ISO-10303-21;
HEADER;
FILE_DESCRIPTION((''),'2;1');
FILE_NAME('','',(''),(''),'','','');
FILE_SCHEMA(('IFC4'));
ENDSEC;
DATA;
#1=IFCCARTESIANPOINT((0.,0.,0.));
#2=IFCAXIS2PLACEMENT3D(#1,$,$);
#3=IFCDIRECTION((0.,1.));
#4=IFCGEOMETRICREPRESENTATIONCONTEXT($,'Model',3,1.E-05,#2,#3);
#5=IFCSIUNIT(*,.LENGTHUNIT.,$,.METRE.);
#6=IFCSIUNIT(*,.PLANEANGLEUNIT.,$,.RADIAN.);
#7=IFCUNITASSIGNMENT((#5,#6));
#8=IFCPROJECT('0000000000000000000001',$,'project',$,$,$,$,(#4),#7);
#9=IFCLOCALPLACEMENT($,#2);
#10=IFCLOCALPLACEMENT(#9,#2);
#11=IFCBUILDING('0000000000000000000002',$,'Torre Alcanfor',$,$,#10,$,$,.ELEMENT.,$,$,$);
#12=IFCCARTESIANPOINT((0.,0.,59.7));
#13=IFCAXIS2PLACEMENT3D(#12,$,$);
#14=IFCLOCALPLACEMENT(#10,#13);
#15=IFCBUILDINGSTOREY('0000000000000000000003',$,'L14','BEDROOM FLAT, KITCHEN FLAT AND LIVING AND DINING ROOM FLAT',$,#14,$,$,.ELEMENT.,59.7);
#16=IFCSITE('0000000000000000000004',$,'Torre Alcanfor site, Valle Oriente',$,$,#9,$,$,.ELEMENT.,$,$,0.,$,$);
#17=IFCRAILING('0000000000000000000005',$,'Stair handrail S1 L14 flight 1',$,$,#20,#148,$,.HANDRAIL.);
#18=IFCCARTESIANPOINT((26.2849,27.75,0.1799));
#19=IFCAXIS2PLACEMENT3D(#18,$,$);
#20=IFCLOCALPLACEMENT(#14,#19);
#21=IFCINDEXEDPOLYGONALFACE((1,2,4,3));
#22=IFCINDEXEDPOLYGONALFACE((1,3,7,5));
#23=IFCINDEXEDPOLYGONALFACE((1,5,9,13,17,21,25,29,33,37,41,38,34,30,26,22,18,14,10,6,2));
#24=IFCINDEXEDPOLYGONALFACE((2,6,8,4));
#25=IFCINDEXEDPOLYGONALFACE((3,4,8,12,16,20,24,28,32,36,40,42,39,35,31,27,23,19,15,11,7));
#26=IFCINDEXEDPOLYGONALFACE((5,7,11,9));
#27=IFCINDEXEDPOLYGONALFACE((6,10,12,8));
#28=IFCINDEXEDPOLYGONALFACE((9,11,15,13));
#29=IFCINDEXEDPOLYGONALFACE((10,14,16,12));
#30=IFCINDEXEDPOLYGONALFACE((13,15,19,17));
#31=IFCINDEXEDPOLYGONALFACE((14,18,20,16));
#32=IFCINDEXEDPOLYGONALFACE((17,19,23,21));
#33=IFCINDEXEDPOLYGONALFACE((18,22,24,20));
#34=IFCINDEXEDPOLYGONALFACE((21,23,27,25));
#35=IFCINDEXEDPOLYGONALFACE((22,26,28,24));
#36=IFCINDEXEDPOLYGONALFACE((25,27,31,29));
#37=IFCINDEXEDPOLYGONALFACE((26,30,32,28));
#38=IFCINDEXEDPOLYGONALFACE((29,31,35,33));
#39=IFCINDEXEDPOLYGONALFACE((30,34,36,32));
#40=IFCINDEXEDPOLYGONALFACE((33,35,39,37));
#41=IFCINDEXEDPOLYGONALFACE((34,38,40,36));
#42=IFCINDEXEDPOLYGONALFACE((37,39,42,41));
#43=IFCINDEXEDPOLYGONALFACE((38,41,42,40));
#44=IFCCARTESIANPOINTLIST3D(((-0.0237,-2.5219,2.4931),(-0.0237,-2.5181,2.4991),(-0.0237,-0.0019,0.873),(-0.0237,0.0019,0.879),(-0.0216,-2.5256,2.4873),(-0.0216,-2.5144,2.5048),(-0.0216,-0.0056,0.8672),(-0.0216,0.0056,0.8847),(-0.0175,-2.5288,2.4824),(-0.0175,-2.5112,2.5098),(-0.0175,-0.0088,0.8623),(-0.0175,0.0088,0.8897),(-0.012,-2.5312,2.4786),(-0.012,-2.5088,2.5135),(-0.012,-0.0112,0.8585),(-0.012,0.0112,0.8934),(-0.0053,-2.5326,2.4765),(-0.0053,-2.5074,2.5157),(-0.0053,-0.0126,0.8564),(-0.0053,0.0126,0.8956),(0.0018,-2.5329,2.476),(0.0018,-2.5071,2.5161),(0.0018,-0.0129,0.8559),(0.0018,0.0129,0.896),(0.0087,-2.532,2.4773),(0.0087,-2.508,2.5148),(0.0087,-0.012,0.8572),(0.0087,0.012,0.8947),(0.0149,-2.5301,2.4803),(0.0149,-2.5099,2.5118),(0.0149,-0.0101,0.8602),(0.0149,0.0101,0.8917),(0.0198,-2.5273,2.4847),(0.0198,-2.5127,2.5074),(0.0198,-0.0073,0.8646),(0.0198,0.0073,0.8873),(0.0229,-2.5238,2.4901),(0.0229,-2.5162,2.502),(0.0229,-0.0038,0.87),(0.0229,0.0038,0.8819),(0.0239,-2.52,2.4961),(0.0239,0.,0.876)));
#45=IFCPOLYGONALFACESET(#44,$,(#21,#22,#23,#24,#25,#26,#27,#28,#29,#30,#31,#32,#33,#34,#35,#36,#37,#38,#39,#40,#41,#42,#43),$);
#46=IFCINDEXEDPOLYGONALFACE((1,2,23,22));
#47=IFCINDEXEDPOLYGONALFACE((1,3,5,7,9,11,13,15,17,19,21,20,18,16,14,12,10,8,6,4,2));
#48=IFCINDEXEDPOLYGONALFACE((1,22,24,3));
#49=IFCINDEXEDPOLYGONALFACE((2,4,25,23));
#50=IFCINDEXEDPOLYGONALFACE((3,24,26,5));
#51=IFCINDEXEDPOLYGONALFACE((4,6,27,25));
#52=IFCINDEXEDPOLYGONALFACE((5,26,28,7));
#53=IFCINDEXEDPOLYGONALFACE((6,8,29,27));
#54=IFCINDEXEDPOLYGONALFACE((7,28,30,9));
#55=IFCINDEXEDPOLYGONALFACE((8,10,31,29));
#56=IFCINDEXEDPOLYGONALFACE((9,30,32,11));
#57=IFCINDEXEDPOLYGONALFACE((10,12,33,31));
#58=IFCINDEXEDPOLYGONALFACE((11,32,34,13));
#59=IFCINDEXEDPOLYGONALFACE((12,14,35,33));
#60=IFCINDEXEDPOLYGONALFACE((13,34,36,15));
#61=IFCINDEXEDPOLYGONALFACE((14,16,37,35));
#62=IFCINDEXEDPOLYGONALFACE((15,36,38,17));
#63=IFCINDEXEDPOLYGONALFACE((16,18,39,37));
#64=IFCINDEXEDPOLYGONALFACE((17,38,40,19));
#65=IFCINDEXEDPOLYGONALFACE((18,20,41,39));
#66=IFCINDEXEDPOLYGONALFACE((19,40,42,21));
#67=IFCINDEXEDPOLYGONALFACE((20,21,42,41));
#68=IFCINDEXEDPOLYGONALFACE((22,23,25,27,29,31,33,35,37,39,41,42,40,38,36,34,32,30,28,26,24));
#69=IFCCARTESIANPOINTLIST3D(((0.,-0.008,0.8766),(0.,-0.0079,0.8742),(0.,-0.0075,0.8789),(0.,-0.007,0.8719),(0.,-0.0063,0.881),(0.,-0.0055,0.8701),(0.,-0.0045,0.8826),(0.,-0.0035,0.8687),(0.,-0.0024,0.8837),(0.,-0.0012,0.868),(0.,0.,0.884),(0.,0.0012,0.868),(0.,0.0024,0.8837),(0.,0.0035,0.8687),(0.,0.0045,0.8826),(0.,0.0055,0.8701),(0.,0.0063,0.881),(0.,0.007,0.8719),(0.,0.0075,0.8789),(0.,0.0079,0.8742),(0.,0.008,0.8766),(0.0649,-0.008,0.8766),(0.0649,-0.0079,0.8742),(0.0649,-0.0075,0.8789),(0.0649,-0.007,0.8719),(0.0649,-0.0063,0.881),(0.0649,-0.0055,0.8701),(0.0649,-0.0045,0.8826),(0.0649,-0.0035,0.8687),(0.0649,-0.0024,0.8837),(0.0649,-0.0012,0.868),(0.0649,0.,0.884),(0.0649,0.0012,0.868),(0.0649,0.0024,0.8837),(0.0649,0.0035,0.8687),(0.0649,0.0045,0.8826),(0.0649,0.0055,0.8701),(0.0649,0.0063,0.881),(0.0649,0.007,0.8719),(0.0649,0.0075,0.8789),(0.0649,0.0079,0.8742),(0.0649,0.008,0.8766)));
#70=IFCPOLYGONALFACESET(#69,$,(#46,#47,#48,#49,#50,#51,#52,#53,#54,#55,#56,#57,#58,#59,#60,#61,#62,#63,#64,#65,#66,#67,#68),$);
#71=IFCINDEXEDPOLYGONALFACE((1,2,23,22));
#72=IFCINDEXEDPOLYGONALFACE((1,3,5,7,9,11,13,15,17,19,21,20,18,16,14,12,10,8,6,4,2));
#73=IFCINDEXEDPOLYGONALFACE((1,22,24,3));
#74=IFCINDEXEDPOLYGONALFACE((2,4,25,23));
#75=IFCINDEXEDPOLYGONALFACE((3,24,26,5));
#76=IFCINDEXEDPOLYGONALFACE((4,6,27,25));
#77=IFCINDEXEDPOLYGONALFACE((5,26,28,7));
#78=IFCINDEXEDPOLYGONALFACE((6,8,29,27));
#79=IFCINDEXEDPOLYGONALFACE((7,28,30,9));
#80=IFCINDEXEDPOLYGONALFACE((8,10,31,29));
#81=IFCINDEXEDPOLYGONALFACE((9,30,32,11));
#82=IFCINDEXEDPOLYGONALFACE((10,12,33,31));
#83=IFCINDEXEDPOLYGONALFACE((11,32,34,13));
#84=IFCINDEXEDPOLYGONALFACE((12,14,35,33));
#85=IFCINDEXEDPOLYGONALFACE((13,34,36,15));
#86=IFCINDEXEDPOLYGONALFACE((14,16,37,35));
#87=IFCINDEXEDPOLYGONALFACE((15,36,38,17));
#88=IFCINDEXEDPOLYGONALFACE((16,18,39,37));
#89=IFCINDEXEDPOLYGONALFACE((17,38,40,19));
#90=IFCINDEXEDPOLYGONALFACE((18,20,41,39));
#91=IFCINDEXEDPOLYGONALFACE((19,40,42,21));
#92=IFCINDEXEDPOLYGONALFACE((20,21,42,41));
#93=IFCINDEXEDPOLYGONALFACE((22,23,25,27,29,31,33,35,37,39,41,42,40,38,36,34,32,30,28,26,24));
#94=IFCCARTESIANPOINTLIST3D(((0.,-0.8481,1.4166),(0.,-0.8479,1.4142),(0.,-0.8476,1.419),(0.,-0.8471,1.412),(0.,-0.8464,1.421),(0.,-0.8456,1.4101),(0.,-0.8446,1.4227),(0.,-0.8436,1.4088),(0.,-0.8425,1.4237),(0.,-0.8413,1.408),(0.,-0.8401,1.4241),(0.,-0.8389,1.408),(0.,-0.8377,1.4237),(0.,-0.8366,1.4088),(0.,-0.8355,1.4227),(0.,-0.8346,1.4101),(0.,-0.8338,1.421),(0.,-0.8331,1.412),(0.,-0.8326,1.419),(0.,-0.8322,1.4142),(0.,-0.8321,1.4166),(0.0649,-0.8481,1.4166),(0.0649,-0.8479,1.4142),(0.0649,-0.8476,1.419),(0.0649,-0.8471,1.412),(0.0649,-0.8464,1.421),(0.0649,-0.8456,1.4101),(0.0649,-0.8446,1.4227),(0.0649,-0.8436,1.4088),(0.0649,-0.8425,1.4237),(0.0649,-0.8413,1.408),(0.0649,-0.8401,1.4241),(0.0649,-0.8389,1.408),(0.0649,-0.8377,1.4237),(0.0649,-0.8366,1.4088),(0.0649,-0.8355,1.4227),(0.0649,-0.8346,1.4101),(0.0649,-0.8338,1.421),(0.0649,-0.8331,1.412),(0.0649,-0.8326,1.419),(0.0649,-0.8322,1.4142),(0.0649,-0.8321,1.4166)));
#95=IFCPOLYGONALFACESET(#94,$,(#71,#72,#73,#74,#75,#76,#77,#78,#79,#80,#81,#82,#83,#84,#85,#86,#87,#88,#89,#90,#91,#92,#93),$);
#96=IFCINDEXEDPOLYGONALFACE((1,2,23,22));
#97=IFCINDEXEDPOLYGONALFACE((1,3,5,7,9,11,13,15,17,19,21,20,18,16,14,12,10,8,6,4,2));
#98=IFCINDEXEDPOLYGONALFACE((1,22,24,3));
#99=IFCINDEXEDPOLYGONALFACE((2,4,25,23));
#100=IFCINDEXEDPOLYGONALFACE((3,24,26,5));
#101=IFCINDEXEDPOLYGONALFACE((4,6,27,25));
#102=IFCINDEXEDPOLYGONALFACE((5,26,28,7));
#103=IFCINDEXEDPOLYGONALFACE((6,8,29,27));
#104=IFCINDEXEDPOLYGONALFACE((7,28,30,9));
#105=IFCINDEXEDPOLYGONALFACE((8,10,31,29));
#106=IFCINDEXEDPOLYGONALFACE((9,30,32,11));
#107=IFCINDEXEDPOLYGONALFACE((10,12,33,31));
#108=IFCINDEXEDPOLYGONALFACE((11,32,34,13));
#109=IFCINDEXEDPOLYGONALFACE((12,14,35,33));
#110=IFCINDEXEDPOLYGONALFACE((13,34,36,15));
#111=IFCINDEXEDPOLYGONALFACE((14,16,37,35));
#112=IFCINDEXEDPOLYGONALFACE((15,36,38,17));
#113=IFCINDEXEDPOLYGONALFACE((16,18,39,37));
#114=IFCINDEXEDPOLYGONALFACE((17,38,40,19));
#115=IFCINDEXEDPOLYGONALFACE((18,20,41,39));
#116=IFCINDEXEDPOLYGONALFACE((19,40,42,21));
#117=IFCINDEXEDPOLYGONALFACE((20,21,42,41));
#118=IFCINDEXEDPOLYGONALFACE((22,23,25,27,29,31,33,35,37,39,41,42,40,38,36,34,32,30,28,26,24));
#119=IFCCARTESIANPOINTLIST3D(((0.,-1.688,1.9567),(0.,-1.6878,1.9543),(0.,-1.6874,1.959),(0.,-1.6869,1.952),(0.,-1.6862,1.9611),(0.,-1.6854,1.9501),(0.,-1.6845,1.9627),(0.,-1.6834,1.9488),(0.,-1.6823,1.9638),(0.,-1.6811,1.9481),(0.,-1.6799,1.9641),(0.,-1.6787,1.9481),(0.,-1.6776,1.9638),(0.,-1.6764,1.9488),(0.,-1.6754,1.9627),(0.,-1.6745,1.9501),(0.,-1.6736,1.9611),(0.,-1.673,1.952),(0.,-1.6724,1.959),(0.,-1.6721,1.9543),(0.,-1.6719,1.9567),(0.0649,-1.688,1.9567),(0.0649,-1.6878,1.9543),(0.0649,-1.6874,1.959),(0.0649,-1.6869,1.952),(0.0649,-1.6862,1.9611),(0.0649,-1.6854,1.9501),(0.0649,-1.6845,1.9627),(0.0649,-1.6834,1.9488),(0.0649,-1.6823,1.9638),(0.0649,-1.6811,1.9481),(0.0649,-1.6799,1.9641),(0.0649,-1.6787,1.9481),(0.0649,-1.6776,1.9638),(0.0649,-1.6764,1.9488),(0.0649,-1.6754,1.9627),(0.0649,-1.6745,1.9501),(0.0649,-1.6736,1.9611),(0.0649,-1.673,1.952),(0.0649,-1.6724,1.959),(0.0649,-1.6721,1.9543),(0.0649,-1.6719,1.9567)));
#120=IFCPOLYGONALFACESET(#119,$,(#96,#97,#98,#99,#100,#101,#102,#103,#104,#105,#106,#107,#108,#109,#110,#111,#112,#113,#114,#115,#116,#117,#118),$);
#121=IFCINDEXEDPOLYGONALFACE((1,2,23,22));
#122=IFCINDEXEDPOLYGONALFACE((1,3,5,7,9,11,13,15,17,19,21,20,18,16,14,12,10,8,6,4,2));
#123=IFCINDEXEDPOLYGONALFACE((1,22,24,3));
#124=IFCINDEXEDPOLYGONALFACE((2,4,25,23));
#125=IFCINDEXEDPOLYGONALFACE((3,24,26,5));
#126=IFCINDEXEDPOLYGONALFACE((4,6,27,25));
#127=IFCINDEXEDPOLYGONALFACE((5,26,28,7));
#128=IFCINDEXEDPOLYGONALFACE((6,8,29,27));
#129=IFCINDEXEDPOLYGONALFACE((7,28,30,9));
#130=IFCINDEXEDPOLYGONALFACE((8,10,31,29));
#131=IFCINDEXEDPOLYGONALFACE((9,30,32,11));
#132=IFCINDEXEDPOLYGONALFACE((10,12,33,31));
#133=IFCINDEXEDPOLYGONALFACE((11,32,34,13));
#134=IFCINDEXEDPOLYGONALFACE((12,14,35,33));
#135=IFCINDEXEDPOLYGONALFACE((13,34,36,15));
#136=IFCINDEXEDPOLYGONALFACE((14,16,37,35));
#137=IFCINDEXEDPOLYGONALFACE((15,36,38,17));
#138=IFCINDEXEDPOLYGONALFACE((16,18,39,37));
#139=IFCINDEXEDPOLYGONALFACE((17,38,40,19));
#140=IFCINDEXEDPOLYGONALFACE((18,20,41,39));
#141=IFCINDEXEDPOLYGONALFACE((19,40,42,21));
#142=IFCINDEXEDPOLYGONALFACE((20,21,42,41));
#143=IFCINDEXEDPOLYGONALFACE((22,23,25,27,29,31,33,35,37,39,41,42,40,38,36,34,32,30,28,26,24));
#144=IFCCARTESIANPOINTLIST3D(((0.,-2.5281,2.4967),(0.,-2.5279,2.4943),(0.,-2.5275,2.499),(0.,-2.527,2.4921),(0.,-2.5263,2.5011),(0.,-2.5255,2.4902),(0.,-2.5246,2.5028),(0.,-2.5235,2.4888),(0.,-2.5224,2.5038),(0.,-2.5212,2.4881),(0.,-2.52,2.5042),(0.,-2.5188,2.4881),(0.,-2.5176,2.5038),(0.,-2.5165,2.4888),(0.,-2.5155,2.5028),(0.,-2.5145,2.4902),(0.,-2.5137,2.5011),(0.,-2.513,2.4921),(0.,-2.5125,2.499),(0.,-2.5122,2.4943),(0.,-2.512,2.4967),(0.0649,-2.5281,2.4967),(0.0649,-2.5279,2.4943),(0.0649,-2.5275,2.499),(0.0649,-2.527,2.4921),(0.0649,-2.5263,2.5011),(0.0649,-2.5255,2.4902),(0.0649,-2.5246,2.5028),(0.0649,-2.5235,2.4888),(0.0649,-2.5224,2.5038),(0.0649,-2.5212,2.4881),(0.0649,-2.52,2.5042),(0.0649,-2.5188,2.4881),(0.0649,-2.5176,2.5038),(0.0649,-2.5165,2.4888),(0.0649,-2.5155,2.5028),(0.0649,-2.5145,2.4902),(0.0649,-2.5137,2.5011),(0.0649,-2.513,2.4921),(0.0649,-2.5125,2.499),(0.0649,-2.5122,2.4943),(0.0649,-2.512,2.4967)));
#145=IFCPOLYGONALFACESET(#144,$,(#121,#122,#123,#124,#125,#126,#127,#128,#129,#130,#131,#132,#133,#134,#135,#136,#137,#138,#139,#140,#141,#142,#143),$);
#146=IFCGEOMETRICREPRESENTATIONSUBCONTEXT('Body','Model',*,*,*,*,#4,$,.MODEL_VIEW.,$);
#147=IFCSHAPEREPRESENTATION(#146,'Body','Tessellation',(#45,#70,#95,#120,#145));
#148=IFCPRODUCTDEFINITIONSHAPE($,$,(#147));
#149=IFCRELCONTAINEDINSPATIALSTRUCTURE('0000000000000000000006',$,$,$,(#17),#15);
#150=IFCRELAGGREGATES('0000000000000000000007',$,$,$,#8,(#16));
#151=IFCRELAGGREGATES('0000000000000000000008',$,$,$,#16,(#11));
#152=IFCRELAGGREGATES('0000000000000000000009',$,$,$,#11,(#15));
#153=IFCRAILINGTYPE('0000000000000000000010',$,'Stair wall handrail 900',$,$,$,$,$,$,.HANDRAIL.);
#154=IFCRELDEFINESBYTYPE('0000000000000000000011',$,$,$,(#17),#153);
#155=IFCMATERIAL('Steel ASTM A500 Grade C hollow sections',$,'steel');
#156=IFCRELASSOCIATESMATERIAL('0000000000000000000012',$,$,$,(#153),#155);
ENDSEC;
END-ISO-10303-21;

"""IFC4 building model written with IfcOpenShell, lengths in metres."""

from ifc_helpers import new_model, si_unit, direction, frame, origin, origin_2d, place, context, subcontext, project, spatial, circle, extrude, material, type_object, element, save


model = new_model("IFC4")

# Units and contexts
model_context = context("Model", 3, precision=1e-05, world=origin(), true_north=direction((0.0, 1.0)))
body_context = subcontext(model_context, "Body", "Model", "MODEL_VIEW")
ifc_project = project(units=[si_unit("LENGTHUNIT", "METRE"), si_unit("PLANEANGLEUNIT", "RADIAN")], contexts=[model_context])

# Site, building, storey
site_placement = place(None, origin())
site = spatial("IfcSite", under=ifc_project, at=site_placement, Name="Torre Alcanfor site, Valle Oriente", CompositionType="ELEMENT", RefElevation=0.0)
building_placement = place(site_placement, origin())
building = spatial("IfcBuilding", under=site, at=building_placement, Name="Torre Alcanfor", CompositionType="ELEMENT")
storey_placement = place(building_placement, frame((0.0, 0.0, 59.7)))
storey = spatial("IfcBuildingStorey", under=building, at=storey_placement, Name="L14", Description="BEDROOM FLAT, KITCHEN FLAT AND LIVING AND DINING ROOM FLAT", CompositionType="ELEMENT", Elevation=59.7)

# Railing
ifc_material_1 = material(Name="Steel ASTM A500 Grade C hollow sections", Category="steel")
railing_type_1 = type_object("IfcRailingType", Name="Stair wall handrail 900", PredefinedType="HANDRAIL", material=ifc_material_1)
railing_1_placement = place(storey_placement, frame((26.2849, 27.75, 0.1799)))
element("IfcRailing", 1, at=railing_1_placement, inside=storey, type_object=railing_type_1, Name="Stair handrail S1 L14 flight 1", PredefinedType="HANDRAIL", context=body_context, shape_type="SweptSolid", body=[
    extrude(circle(Radius=0.0239, at=origin_2d()), frame((0.0, 0.0, 0.876), z_axis=(0.0, -0.841163, 0.540782), x_axis=(1.0, 0.0, 0.0)), (0.0, 0.0, 1.0), 2.9958),
    extrude(circle(Radius=0.0081, at=origin_2d()), frame((0.0, 0.0, 0.876), z_axis=(1.0, 0.0, 0.0), x_axis=(0.0, 0.0, 1.0)), (0.0, 0.0, 1.0), 0.0649),
    extrude(circle(Radius=0.0081, at=origin_2d()), frame((0.0, -0.8401, 1.416), z_axis=(1.0, 0.0, 0.0), x_axis=(0.0, 0.0, 1.0)), (0.0, 0.0, 1.0), 0.0649),
    extrude(circle(Radius=0.0081, at=origin_2d()), frame((0.0, -1.6799, 1.9561), z_axis=(1.0, 0.0, 0.0), x_axis=(0.0, 0.0, 1.0)), (0.0, 0.0, 1.0), 0.0649),
    extrude(circle(Radius=0.0081, at=origin_2d()), frame((0.0, -2.52, 2.4961), z_axis=(1.0, 0.0, 0.0), x_axis=(0.0, 0.0, 1.0)), (0.0, 0.0, 1.0), 0.0649),
])

save(model, "model.ifc")
